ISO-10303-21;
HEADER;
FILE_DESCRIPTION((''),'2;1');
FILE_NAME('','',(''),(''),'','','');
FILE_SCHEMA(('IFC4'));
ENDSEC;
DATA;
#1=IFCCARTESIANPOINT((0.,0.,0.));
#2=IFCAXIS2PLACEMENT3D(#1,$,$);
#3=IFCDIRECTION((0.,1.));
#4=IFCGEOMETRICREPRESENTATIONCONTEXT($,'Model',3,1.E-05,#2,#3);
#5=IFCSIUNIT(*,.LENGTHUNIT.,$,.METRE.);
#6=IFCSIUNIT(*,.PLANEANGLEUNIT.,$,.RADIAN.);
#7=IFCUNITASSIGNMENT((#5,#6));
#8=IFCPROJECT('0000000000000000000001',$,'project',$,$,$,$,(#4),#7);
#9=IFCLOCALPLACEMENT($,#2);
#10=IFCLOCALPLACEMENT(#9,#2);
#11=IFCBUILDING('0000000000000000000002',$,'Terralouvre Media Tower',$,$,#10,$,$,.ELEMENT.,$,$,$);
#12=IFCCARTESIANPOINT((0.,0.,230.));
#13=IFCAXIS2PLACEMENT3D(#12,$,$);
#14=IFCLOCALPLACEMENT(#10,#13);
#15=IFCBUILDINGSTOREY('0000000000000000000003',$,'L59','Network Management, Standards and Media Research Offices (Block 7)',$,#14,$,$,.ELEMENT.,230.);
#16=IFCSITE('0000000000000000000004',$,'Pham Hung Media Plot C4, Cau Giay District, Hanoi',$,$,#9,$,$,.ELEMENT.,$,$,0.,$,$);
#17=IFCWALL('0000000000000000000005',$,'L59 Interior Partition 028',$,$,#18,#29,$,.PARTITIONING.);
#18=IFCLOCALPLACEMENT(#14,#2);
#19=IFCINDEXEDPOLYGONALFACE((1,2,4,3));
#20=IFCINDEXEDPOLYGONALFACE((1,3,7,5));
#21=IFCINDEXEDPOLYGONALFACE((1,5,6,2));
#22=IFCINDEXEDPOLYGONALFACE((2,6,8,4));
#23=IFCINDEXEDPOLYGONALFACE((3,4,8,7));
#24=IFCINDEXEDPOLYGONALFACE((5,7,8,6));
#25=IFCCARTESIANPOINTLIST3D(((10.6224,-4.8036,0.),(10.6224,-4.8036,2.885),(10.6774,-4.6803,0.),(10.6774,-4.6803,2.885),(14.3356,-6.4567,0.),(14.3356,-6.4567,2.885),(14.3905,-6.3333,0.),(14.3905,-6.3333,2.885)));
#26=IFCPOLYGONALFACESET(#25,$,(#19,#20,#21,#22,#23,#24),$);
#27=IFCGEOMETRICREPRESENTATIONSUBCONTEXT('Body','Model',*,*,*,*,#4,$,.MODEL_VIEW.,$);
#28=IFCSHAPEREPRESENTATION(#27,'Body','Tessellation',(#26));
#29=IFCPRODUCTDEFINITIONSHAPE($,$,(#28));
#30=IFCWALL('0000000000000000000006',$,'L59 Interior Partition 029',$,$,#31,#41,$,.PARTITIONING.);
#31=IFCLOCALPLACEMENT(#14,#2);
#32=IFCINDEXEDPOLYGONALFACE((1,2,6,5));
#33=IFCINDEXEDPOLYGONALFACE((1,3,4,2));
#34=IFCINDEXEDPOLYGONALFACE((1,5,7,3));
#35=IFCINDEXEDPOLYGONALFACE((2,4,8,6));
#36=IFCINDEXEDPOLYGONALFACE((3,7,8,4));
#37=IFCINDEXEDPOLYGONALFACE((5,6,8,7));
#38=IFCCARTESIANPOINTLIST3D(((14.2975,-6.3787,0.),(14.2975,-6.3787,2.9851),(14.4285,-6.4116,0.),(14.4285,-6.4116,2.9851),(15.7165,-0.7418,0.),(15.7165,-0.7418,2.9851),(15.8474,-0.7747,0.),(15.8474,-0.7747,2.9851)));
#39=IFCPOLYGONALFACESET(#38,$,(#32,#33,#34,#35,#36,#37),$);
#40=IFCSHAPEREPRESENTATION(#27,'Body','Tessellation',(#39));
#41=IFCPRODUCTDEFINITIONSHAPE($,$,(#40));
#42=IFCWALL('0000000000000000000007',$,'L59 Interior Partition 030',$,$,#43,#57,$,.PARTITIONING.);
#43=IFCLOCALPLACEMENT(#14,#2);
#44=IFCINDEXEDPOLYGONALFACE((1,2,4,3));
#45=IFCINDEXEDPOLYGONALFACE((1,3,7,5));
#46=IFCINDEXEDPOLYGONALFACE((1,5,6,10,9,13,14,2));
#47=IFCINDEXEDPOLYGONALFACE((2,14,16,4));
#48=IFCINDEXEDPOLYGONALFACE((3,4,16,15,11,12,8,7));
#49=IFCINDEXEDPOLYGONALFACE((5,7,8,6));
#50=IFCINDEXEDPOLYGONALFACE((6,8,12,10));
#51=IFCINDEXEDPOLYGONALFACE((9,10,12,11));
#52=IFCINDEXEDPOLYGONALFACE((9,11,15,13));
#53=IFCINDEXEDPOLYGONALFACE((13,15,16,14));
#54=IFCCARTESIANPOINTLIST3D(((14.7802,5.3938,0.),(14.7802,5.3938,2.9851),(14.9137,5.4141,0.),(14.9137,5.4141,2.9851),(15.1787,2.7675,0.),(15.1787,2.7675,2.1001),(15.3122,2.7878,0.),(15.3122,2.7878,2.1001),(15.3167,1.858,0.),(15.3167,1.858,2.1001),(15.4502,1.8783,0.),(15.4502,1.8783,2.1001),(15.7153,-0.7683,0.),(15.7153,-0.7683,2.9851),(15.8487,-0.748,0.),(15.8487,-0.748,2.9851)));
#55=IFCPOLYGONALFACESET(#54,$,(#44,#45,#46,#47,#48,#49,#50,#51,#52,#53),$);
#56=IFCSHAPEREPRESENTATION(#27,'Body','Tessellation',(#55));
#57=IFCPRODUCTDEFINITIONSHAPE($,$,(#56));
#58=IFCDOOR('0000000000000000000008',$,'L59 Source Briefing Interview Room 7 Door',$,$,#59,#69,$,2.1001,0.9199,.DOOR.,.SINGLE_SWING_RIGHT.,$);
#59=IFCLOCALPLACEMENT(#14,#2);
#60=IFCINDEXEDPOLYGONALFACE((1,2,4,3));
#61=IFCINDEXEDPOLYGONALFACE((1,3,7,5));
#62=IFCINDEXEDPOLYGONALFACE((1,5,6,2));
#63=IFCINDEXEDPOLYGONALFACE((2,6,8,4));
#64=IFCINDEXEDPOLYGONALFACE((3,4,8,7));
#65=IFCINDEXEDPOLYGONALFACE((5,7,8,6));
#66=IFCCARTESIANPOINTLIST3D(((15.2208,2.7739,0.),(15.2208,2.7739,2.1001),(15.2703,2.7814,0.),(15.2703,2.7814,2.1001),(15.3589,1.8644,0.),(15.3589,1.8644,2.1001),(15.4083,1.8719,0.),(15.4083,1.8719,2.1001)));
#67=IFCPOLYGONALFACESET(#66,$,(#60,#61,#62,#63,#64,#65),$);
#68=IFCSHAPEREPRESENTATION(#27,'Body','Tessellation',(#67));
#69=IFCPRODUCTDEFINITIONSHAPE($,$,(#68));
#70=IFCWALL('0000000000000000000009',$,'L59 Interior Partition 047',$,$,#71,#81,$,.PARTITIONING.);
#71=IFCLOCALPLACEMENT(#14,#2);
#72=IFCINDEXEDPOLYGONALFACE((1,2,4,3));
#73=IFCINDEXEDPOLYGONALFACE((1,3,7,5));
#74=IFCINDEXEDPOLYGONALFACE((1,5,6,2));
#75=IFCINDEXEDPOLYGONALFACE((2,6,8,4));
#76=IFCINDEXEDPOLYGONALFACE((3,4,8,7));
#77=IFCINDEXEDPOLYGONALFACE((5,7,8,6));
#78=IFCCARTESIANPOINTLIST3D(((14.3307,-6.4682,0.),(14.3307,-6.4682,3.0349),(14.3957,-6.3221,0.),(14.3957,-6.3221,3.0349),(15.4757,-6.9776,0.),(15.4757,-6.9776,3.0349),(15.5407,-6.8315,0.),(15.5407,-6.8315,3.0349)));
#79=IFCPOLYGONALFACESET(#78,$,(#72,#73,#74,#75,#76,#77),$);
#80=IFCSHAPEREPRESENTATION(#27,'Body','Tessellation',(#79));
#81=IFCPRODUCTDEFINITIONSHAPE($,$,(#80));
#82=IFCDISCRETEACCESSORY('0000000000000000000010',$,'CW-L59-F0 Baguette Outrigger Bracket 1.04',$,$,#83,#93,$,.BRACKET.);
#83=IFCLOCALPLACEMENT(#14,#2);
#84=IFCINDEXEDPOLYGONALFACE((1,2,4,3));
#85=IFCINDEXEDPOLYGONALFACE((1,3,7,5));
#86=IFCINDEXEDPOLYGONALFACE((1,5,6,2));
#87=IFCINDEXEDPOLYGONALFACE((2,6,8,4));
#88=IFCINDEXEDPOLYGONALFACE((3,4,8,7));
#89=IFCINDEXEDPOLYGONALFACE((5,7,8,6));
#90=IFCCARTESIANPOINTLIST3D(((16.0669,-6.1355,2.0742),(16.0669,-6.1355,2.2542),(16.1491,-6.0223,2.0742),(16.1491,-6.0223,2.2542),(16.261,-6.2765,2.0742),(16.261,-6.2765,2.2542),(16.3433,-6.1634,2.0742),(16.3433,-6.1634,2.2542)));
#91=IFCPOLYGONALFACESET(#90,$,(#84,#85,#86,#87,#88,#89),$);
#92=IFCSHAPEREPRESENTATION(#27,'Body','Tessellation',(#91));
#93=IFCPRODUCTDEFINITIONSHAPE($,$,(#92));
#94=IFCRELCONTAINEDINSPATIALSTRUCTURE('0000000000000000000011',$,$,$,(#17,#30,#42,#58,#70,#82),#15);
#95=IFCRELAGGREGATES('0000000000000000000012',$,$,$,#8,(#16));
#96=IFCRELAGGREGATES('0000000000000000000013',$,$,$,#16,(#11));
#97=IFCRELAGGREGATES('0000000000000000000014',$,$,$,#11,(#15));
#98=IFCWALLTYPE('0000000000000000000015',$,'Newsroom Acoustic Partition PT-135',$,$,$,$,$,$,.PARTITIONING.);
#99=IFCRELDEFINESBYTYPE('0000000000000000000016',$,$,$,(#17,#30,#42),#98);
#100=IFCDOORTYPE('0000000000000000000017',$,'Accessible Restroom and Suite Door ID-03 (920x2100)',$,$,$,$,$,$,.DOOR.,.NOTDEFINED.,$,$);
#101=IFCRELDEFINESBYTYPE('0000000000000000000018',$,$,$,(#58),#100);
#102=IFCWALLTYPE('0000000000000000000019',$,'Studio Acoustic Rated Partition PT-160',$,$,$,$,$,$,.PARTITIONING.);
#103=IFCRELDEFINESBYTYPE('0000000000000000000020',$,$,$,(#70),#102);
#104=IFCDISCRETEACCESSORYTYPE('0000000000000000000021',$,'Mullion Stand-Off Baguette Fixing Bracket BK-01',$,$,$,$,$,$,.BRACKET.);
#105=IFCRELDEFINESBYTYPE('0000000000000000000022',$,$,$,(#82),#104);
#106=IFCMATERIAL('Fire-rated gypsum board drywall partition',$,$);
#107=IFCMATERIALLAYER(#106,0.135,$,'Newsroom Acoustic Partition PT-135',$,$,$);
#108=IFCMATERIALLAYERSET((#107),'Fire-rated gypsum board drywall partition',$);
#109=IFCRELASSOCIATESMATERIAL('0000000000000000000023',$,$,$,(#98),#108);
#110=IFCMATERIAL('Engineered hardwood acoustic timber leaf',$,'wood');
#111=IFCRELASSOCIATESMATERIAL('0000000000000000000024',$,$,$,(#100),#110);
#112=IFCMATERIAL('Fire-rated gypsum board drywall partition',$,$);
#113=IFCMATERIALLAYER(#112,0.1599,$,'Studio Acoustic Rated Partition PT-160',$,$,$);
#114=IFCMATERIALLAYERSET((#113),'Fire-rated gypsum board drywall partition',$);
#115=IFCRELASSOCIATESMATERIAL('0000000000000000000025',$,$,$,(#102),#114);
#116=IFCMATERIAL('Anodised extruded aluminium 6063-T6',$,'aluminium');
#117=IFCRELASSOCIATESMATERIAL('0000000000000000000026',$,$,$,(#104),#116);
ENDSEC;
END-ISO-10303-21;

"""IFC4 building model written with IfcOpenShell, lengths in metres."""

from ifc_helpers import new_model, si_unit, direction, frame, frame_2d, origin, origin_2d, place, context, subcontext, project, spatial, rectangle, extrude, material, layer, layer_set, type_object, element, fill, save


model = new_model("IFC4")

# Units and contexts
model_context = context("Model", 3, precision=1e-05, world=origin(), true_north=direction((0.0, 1.0)))
body_context = subcontext(model_context, "Body", "Model", "MODEL_VIEW")
ifc_project = project(units=[si_unit("LENGTHUNIT", "METRE"), si_unit("PLANEANGLEUNIT", "RADIAN")], contexts=[model_context])

# Site, building, storey
site_placement = place(None, origin())
site = spatial("IfcSite", under=ifc_project, at=site_placement, Name="Pham Hung Media Plot C4, Cau Giay District, Hanoi", CompositionType="ELEMENT", RefElevation=0.0)
building_placement = place(site_placement, origin())
building = spatial("IfcBuilding", under=site, at=building_placement, Name="Terralouvre Media Tower", CompositionType="ELEMENT")
storey_placement = place(building_placement, frame((0.0, 0.0, 230.0)))
storey = spatial("IfcBuildingStorey", under=building, at=storey_placement, Name="L59", Description="Network Management, Standards and Media Research Offices (Block 7)", CompositionType="ELEMENT", Elevation=230.0)

# Shared definitions
ifc_material_1 = material(Name="Fire-rated gypsum board drywall partition")
ifc_layer_1 = layer(ifc_material_1, 0.135, Name="Newsroom Acoustic Partition PT-135")
ifc_layer_set_1 = layer_set([ifc_layer_1], Name="Fire-rated gypsum board drywall partition")
wall_type_1 = type_object("IfcWallType", Name="Newsroom Acoustic Partition PT-135", PredefinedType="PARTITIONING", material=ifc_layer_set_1)

# Walls
wall_1_placement = place(storey_placement, frame((10.6499, -4.7419, 0.0), z_axis=(0.0, 0.0, 1.0), x_axis=(0.913556, -0.406712, 0.0)))
element("IfcWall", 1, at=wall_1_placement, inside=storey, type_object=wall_type_1, Name="L59 Interior Partition 028", PredefinedType="PARTITIONING", context=body_context, shape_type="SweptSolid", body=[
    extrude(rectangle(XDim=4.0645, YDim=0.135, at=frame_2d((2.0322, 0.0))), origin(), (0.0, 0.0, 1.0), 2.885),
])
wall_2_placement = place(storey_placement, frame((14.363, -6.395, 0.0), z_axis=(0.0, 0.0, 1.0), x_axis=(0.244107, 0.969748, 0.0)))
element("IfcWall", 2, at=wall_2_placement, inside=storey, type_object=wall_type_1, Name="L59 Interior Partition 029", PredefinedType="PARTITIONING", context=body_context, shape_type="SweptSolid", body=[
    extrude(rectangle(XDim=5.8127, YDim=0.135, at=frame_2d((2.9062, 0.0))), origin(), (0.0, 0.0, 1.0), 2.9851),
])

# Wall, opening, door
wall_3_placement = place(storey_placement, frame((15.782, -0.7581, 0.0), z_axis=(0.0, 0.0, 1.0), x_axis=(-0.150026, 0.988682, 0.0)))
wall_3 = element("IfcWall", 3, at=wall_3_placement, inside=storey, type_object=wall_type_1, Name="L59 Interior Partition 030", PredefinedType="PARTITIONING", context=body_context, shape_type="SweptSolid", body=[
    extrude(rectangle(XDim=6.2327, YDim=0.135, at=frame_2d((3.1162, 0.0))), origin(), (0.0, 0.0, 1.0), 2.9851),
])
opening_1_placement = place(wall_3_placement, frame((2.6562, 0.0, 0.0)))
opening_1 = element("IfcOpeningElement", 4, at=opening_1_placement, cuts=wall_3, PredefinedType="OPENING", context=body_context, shape_type="SweptSolid", body=[
    extrude(rectangle(XDim=0.9199, YDim=2.1001, at=frame_2d((0.46, 1.05))), frame((0.0, 0.0774, 0.0), z_axis=(0.0, -1.0, 0.0), x_axis=(1.0, 0.0, 0.0)), (0.0, 0.0, 1.0), 0.155),
])
ifc_material_2 = material(Name="Engineered hardwood acoustic timber leaf", Category="wood")
door_type_1 = type_object("IfcDoorType", Name="Accessible Restroom and Suite Door ID-03 (920x2100)", OperationType="NOTDEFINED", PredefinedType="DOOR", material=ifc_material_2)
door_1_placement = place(opening_1_placement, origin())
door_1 = element("IfcDoor", 5, at=door_1_placement, inside=storey, type_object=door_type_1, Name="L59 Source Briefing Interview Room 7 Door", OperationType="SINGLE_SWING_RIGHT", OverallHeight=2.1001, OverallWidth=0.9199, PredefinedType="DOOR", context=body_context, shape_type="SweptSolid", body=[
    extrude(rectangle(XDim=0.9199, YDim=2.1001, at=frame_2d((0.46, 1.05))), frame((0.0, 0.0249, 0.0), z_axis=(0.0, -1.0, 0.0), x_axis=(1.0, 0.0, 0.0)), (0.0, 0.0, 1.0), 0.05),
])
fill(opening_1, door_1)

# Wall
ifc_material_3 = material(Name="Fire-rated gypsum board drywall partition")
ifc_layer_2 = layer(ifc_material_3, 0.1599, Name="Studio Acoustic Rated Partition PT-160")
ifc_layer_set_2 = layer_set([ifc_layer_2], Name="Fire-rated gypsum board drywall partition")
wall_type_2 = type_object("IfcWallType", Name="Studio Acoustic Rated Partition PT-160", PredefinedType="PARTITIONING", material=ifc_layer_set_2)
wall_4_placement = place(storey_placement, frame((15.5081, -6.9045, 0.0), z_axis=(0.0, 0.0, 1.0), x_axis=(-0.913627, 0.406554, 0.0)))
element("IfcWall", 6, at=wall_4_placement, inside=storey, type_object=wall_type_2, Name="L59 Interior Partition 047", PredefinedType="PARTITIONING", context=body_context, shape_type="SweptSolid", body=[
    extrude(rectangle(XDim=1.2532, YDim=0.1599, at=frame_2d((0.6265, 0.0))), origin(), (0.0, 0.0, 1.0), 3.0349),
])

# Discrete accessory
ifc_material_4 = material(Name="Anodised extruded aluminium 6063-T6", Category="aluminium")
discrete_accessory_type = type_object("IfcDiscreteAccessoryType", Name="Mullion Stand-Off Baguette Fixing Bracket BK-01", PredefinedType="BRACKET", material=ifc_material_4)
discrete_accessory_placement = place(storey_placement, frame((16.2051, -6.1494, 2.0742), z_axis=(0.0, 0.0, 1.0), x_axis=(0.587785, 0.809017, 0.0)))
element("IfcDiscreteAccessory", 7, at=discrete_accessory_placement, inside=storey, type_object=discrete_accessory_type, Name="CW-L59-F0 Baguette Outrigger Bracket 1.04", PredefinedType="BRACKET", context=body_context, shape_type="SweptSolid", body=[
    extrude(rectangle(XDim=0.1399, YDim=0.24, at=origin_2d()), origin(), (0.0, 0.0, 1.0), 0.1799),
])

save(model, "model.ifc")
